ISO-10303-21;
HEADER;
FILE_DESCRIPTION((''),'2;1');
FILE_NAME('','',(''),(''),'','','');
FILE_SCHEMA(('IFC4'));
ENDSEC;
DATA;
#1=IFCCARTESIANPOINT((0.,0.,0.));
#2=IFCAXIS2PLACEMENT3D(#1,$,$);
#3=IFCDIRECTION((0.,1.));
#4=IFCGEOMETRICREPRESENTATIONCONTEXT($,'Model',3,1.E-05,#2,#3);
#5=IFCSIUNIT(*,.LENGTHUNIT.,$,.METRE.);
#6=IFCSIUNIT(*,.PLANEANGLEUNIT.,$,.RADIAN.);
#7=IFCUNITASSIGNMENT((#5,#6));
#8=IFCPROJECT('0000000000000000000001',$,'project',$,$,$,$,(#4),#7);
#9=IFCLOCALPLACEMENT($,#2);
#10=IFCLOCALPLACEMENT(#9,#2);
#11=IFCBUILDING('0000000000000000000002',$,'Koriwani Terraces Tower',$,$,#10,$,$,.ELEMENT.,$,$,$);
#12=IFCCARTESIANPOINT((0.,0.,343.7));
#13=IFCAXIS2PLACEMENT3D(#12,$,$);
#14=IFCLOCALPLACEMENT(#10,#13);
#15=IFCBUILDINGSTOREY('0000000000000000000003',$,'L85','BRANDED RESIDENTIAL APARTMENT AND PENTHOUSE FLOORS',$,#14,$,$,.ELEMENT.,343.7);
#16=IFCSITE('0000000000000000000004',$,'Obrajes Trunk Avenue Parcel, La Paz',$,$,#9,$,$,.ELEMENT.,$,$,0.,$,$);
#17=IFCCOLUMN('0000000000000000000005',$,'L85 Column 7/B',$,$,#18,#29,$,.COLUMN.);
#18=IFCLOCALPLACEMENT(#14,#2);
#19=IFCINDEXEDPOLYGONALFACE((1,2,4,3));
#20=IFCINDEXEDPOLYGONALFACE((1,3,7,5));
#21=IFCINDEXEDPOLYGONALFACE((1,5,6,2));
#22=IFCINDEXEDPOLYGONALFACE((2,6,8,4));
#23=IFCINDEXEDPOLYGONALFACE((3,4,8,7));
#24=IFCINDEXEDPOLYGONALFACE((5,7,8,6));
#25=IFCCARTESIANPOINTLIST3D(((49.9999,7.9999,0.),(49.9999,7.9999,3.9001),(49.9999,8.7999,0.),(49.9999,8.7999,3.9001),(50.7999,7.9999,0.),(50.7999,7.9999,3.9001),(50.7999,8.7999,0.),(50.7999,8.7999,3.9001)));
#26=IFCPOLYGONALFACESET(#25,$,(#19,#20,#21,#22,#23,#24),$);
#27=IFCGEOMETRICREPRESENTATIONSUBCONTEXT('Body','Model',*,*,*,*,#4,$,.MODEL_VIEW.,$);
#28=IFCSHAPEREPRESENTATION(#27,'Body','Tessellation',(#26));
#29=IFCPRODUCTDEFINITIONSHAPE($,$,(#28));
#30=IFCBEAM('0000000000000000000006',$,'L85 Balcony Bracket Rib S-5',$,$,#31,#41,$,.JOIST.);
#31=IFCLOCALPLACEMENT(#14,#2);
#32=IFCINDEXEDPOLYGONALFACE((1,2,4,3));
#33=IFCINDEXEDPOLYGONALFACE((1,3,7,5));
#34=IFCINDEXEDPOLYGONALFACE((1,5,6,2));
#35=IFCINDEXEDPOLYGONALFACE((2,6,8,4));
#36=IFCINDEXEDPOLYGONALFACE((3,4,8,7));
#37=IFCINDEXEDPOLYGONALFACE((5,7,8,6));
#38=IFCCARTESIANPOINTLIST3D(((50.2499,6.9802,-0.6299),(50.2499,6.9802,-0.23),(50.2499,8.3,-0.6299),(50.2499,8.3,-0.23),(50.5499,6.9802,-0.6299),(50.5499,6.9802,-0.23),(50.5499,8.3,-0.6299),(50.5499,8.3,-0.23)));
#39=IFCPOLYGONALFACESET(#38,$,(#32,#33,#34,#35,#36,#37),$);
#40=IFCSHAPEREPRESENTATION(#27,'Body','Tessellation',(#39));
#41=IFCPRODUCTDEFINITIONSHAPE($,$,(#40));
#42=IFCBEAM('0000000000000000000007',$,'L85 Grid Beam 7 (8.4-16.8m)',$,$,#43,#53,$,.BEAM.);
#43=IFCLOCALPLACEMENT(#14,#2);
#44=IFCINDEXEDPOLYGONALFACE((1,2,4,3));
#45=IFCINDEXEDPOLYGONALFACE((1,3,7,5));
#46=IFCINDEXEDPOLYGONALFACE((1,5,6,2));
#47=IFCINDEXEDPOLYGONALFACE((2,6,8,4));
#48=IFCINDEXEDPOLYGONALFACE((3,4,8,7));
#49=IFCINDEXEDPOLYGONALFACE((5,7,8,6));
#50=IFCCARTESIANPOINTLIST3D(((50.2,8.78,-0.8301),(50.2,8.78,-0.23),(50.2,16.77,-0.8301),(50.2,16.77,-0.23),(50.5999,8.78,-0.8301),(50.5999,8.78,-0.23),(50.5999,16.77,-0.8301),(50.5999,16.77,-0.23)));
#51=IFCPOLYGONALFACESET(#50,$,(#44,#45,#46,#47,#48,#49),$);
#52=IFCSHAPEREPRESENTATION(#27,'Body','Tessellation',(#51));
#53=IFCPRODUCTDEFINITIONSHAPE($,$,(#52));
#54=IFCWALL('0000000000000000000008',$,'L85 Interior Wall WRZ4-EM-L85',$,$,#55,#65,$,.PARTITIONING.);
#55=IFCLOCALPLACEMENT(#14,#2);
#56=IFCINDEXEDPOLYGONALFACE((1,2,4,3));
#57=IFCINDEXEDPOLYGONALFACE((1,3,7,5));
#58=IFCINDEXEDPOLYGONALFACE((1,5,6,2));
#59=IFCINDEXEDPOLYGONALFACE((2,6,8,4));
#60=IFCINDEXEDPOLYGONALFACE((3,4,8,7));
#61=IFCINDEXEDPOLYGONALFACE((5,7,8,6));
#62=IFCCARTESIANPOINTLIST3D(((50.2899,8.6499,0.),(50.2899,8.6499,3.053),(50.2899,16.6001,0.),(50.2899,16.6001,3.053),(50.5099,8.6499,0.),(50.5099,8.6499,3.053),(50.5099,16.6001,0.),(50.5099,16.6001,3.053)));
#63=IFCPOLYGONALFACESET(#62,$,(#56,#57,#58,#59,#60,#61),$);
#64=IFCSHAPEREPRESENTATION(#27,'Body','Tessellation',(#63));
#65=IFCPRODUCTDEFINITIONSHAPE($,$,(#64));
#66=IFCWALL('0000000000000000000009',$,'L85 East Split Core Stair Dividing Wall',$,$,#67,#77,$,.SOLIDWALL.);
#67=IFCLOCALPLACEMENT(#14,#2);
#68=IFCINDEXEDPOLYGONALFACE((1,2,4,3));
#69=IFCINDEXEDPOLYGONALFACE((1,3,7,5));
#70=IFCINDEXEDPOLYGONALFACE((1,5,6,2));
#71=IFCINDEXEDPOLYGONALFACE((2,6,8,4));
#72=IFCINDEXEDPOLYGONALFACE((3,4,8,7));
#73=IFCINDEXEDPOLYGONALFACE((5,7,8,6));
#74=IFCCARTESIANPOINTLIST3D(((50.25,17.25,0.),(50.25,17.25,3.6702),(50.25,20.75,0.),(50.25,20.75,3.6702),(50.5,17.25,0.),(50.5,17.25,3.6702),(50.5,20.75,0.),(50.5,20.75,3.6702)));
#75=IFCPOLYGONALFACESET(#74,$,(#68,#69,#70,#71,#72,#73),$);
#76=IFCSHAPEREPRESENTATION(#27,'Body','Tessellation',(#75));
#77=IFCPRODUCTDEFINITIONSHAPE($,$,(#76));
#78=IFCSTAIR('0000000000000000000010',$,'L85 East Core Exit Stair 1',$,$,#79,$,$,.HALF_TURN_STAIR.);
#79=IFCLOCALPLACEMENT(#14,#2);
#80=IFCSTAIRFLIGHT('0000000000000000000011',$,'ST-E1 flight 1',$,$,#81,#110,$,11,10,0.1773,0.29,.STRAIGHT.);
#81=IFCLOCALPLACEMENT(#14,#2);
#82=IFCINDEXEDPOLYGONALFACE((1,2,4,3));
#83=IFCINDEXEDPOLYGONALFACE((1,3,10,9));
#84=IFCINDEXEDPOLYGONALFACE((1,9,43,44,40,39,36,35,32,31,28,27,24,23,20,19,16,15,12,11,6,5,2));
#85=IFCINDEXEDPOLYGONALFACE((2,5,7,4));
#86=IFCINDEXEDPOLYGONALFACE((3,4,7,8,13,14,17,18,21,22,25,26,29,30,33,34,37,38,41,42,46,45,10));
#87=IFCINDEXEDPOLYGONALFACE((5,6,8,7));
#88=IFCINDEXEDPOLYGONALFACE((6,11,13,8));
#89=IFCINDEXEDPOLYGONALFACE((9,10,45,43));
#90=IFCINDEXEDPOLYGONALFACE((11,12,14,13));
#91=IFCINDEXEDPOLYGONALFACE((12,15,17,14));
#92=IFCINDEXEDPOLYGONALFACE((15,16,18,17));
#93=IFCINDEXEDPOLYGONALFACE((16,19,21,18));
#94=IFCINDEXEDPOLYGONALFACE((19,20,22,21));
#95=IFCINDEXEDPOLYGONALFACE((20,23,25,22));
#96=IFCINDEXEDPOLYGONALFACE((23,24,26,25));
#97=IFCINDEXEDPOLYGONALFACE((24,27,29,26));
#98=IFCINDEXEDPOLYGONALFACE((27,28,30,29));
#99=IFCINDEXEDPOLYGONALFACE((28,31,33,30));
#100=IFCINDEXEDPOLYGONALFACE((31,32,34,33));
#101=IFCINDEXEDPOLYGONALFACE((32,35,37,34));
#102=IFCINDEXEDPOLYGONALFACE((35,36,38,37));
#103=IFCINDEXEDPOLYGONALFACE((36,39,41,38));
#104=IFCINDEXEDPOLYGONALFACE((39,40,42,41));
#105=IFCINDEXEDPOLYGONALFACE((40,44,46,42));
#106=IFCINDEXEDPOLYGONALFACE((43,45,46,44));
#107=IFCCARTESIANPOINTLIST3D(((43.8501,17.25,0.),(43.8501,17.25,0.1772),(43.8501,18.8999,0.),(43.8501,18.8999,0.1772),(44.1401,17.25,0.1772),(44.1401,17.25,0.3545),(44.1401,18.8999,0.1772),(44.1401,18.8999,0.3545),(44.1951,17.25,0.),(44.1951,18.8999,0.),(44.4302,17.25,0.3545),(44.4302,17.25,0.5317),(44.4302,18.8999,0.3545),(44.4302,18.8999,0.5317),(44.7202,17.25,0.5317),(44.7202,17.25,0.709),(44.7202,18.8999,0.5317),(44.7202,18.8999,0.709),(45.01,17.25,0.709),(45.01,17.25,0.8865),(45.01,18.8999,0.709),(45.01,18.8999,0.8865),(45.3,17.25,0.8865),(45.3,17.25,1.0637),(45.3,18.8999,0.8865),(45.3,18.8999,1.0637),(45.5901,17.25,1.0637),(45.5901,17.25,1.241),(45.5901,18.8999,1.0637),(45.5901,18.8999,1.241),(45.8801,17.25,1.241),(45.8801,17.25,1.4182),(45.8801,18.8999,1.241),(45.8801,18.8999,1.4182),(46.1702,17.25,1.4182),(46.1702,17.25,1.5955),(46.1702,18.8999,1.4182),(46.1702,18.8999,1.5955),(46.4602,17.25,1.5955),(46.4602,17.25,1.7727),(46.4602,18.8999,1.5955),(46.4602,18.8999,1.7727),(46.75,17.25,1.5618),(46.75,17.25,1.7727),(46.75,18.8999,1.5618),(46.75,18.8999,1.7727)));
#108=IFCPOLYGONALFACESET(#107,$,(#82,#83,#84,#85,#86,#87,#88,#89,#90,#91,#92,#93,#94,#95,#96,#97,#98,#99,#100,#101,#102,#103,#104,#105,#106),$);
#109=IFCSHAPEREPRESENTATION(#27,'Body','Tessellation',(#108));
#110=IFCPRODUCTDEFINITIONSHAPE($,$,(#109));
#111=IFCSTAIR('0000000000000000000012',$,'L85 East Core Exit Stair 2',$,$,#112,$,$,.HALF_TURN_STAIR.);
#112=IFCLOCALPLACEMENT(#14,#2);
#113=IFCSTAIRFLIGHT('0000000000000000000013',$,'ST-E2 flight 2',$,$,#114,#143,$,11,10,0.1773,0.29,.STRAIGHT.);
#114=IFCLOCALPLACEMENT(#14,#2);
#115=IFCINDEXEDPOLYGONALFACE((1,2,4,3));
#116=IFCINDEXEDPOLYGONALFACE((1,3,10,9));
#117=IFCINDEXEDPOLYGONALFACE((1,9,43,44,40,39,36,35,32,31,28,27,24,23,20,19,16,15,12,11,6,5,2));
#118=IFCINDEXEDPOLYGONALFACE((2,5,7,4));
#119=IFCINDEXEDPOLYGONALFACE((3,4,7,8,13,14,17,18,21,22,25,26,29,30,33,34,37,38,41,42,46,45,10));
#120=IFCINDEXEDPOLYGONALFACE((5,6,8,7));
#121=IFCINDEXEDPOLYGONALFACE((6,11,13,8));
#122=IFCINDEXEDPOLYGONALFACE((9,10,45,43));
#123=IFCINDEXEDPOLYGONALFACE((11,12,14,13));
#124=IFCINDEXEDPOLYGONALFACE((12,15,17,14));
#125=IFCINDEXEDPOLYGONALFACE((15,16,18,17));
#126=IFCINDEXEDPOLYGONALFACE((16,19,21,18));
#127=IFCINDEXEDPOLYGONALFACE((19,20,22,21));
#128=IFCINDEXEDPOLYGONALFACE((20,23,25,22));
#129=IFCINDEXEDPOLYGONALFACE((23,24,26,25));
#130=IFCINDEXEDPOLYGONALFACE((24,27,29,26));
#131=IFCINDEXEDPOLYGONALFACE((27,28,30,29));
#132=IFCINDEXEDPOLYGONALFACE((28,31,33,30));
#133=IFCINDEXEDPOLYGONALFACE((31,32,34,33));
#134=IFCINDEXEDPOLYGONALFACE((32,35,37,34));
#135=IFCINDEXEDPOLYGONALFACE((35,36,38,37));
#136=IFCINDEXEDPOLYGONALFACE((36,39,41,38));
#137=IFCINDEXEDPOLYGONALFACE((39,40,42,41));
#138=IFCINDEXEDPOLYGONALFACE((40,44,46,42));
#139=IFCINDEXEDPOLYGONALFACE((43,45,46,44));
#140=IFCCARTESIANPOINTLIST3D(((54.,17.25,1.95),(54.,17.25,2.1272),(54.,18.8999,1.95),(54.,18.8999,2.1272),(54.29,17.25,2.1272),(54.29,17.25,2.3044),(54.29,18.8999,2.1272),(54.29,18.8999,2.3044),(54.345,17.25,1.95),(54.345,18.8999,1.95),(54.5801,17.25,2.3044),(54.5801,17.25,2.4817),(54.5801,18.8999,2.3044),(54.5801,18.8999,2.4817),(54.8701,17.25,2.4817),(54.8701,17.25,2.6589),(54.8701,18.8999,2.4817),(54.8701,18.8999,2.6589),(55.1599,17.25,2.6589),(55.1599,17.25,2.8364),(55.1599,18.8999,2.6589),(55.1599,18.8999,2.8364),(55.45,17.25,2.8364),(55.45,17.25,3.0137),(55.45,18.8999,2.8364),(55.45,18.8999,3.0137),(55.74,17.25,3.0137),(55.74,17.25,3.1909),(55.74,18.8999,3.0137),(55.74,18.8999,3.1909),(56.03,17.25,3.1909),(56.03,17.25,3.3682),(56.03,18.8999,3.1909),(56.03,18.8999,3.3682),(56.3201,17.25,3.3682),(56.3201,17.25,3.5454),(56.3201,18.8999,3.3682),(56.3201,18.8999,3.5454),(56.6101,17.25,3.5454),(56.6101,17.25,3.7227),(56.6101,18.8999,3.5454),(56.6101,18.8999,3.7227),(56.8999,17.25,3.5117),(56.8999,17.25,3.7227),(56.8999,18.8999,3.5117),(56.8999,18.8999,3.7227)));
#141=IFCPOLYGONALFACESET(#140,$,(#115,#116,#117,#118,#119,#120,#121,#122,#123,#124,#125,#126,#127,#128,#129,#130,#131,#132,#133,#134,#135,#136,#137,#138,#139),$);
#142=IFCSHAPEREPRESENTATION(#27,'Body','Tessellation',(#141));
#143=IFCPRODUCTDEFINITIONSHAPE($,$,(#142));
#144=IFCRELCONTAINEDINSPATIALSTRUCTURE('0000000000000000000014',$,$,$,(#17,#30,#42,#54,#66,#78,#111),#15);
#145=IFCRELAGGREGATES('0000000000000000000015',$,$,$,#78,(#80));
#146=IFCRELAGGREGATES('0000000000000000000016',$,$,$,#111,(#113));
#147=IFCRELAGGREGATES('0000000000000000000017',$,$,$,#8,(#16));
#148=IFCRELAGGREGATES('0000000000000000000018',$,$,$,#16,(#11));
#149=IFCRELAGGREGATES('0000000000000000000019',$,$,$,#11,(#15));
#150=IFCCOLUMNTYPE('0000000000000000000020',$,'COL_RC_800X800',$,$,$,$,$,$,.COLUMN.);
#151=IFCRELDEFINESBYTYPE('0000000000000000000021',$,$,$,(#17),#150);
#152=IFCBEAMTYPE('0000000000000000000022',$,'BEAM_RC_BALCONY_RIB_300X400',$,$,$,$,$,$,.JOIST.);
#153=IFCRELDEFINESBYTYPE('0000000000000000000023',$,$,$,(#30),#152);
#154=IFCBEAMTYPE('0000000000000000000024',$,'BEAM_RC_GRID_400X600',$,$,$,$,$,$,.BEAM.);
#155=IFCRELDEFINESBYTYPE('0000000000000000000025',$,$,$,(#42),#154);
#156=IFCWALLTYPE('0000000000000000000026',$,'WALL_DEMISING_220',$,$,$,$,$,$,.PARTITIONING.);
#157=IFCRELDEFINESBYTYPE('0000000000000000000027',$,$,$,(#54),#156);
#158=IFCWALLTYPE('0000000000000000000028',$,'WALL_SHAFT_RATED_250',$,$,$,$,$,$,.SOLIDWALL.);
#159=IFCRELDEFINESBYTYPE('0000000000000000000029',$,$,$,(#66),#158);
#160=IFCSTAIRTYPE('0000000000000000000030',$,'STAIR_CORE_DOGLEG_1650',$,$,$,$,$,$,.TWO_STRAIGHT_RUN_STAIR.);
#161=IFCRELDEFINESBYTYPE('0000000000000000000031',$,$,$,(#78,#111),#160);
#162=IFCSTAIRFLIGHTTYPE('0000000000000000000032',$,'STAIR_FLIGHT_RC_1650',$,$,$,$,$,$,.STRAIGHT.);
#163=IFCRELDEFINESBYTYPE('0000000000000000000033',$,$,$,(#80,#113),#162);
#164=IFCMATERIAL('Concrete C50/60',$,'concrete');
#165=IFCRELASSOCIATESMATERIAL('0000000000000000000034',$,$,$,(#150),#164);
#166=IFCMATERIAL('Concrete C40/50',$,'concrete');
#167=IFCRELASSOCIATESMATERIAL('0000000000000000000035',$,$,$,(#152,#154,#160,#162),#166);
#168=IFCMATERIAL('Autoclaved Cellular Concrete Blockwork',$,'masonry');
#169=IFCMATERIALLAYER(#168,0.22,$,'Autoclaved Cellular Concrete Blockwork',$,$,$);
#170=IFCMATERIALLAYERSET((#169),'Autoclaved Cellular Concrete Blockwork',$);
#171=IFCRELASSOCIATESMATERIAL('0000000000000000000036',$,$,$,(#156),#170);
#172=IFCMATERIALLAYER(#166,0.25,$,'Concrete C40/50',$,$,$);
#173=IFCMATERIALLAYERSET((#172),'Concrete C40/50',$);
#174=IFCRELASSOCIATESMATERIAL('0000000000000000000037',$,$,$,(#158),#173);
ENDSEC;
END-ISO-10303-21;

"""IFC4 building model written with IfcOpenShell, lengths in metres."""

from ifc_helpers import new_model, si_unit, direction, frame, frame_2d, origin, origin_2d, place, context, subcontext, project, spatial, polyline, rectangle, outline, extrude, material, layer, layer_set, material_profile, profile_set, type_object, element, aggregate, save


model = new_model("IFC4")

# Units and contexts
model_context = context("Model", 3, precision=1e-05, world=origin(), true_north=direction((0.0, 1.0)))
body_context = subcontext(model_context, "Body", "Model", "MODEL_VIEW")
ifc_project = project(units=[si_unit("LENGTHUNIT", "METRE"), si_unit("PLANEANGLEUNIT", "RADIAN")], contexts=[model_context])

# Site, building, storey
site_placement = place(None, origin())
site = spatial("IfcSite", under=ifc_project, at=site_placement, Name="Obrajes Trunk Avenue Parcel, La Paz", CompositionType="ELEMENT", RefElevation=0.0)
building_placement = place(site_placement, origin())
building = spatial("IfcBuilding", under=site, at=building_placement, Name="Koriwani Terraces Tower", CompositionType="ELEMENT")
storey_placement = place(building_placement, frame((0.0, 0.0, 343.7)))
storey = spatial("IfcBuildingStorey", under=building, at=storey_placement, Name="L85", Description="BRANDED RESIDENTIAL APARTMENT AND PENTHOUSE FLOORS", CompositionType="ELEMENT", Elevation=343.7)

# Column
ifc_material_1 = material(Name="Concrete C50/60", Category="concrete")
ifc_material_profile_1 = material_profile(ifc_material_1, rectangle(XDim=0.8, YDim=0.8, at=origin_2d()), Name="Concrete C50/60", Category="LoadBearing")
ifc_profile_set_1 = profile_set([ifc_material_profile_1], Name="Concrete C50/60")
column_type = type_object("IfcColumnType", Name="COL_RC_800X800", PredefinedType="COLUMN", material=ifc_profile_set_1)
column_placement = place(storey_placement, frame((50.3999, 8.3999, 0.0), z_axis=(0.0, 0.0, 1.0), x_axis=(1.0, 0.0, 0.0)))
element("IfcColumn", 1, at=column_placement, inside=storey, type_object=column_type, Name="L85 Column 7/B", PredefinedType="COLUMN", context=body_context, shape_type="SweptSolid", body=[
    extrude(rectangle(XDim=0.8, YDim=0.8, at=origin_2d()), origin(), (0.0, 0.0, 1.0), 3.9001),
])

# Beams
ifc_material_2 = material(Name="Concrete C40/50", Category="concrete")
ifc_material_profile_2 = material_profile(ifc_material_2, rectangle(XDim=0.3, YDim=0.3999, at=origin_2d()), Name="Concrete C40/50", Category="LoadBearing")
ifc_profile_set_2 = profile_set([ifc_material_profile_2], Name="Concrete C40/50")
beam_type_1 = type_object("IfcBeamType", Name="BEAM_RC_BALCONY_RIB_300X400", PredefinedType="JOIST", material=ifc_profile_set_2)
beam_1_placement = place(storey_placement, frame((50.3999, 6.9802, -0.4299), z_axis=(0.0, 1.0, 0.0), x_axis=(-1.0, 0.0, 0.0)))
element("IfcBeam", 2, at=beam_1_placement, inside=storey, type_object=beam_type_1, Name="L85 Balcony Bracket Rib S-5", PredefinedType="JOIST", context=body_context, shape_type="SweptSolid", body=[
    extrude(rectangle(XDim=0.3, YDim=0.3999, at=origin_2d()), origin(), (0.0, 0.0, 1.0), 1.3198),
])
ifc_material_profile_3 = material_profile(ifc_material_2, rectangle(XDim=0.3999, YDim=0.6001, at=origin_2d()), Name="Concrete C40/50", Category="LoadBearing")
ifc_profile_set_3 = profile_set([ifc_material_profile_3], Name="Concrete C40/50")
beam_type_2 = type_object("IfcBeamType", Name="BEAM_RC_GRID_400X600", PredefinedType="BEAM", material=ifc_profile_set_3)
beam_2_placement = place(storey_placement, frame((50.3999, 8.78, -0.53), z_axis=(0.0, 1.0, 0.0), x_axis=(-1.0, 0.0, 0.0)))
element("IfcBeam", 3, at=beam_2_placement, inside=storey, type_object=beam_type_2, Name="L85 Grid Beam 7 (8.4-16.8m)", PredefinedType="BEAM", context=body_context, shape_type="SweptSolid", body=[
    extrude(rectangle(XDim=0.3999, YDim=0.6001, at=origin_2d()), origin(), (0.0, 0.0, 1.0), 7.99),
])

# Walls
ifc_material_3 = material(Name="Autoclaved Cellular Concrete Blockwork", Category="masonry")
ifc_layer_1 = layer(ifc_material_3, 0.22, Name="Autoclaved Cellular Concrete Blockwork")
ifc_layer_set_1 = layer_set([ifc_layer_1], Name="Autoclaved Cellular Concrete Blockwork")
wall_type_1 = type_object("IfcWallType", Name="WALL_DEMISING_220", PredefinedType="PARTITIONING", material=ifc_layer_set_1)
wall_1_placement = place(storey_placement, frame((50.3999, 8.6499, 0.0), z_axis=(0.0, 0.0, 1.0), x_axis=(0.0, 1.0, 0.0)))
element("IfcWall", 4, at=wall_1_placement, inside=storey, type_object=wall_type_1, Name="L85 Interior Wall WRZ4-EM-L85", PredefinedType="PARTITIONING", context=body_context, shape_type="SweptSolid", body=[
    extrude(rectangle(XDim=7.9502, YDim=0.22, at=frame_2d((3.9751, 0.0))), origin(), (0.0, 0.0, 1.0), 3.053),
])
ifc_layer_2 = layer(ifc_material_2, 0.25, Name="Concrete C40/50")
ifc_layer_set_2 = layer_set([ifc_layer_2], Name="Concrete C40/50")
wall_type_2 = type_object("IfcWallType", Name="WALL_SHAFT_RATED_250", PredefinedType="SOLIDWALL", material=ifc_layer_set_2)
wall_2_placement = place(storey_placement, frame((50.375, 17.25, 0.0), z_axis=(0.0, 0.0, 1.0), x_axis=(0.0, 1.0, 0.0)))
element("IfcWall", 5, at=wall_2_placement, inside=storey, type_object=wall_type_2, Name="L85 East Split Core Stair Dividing Wall", PredefinedType="SOLIDWALL", context=body_context, shape_type="SweptSolid", body=[
    extrude(rectangle(XDim=3.5, YDim=0.25, at=frame_2d((1.75, 0.0))), origin(), (0.0, 0.0, 1.0), 3.6702),
])

# Stairs, stair flights
stair_type = type_object("IfcStairType", Name="STAIR_CORE_DOGLEG_1650", PredefinedType="TWO_STRAIGHT_RUN_STAIR", material=ifc_material_2)
stair_1_placement = place(storey_placement, origin())
stair_1 = element("IfcStair", 6, at=stair_1_placement, inside=storey, type_object=stair_type, Name="L85 East Core Exit Stair 1", PredefinedType="HALF_TURN_STAIR")
stair_flight_type = type_object("IfcStairFlightType", Name="STAIR_FLIGHT_RC_1650", PredefinedType="STRAIGHT", material=ifc_material_2)
stair_flight_1_placement = place(storey_placement, frame((43.8501, 18.075, 0.0), z_axis=(0.0, 0.0, 1.0), x_axis=(1.0, 0.0, 0.0)))
stair_flight_1 = element("IfcStairFlight", 7, at=stair_flight_1_placement, type_object=stair_flight_type, Name="ST-E1 flight 1", NumberOfRisers=11, NumberOfTreads=10, PredefinedType="STRAIGHT", RiserHeight=0.1773, TreadLength=0.29, context=body_context, shape_type="SweptSolid", body=[
    extrude(outline(polyline([(0.0, 0.0), (0.0, 0.1772), (0.29, 0.1772), (0.29, 0.3545), (0.5801, 0.3545), (0.5801, 0.5317), (0.8701, 0.5317), (0.8701, 0.709), (1.1599, 0.709), (1.1599, 0.8865), (1.45, 0.8865), (1.45, 1.0637), (1.74, 1.0637), (1.74, 1.241), (2.03, 1.241), (2.03, 1.4182), (2.3201, 1.4182), (2.3201, 1.5955), (2.6101, 1.5955), (2.6101, 1.7727), (2.8999, 1.7727), (2.8999, 1.95), (2.8999, 1.5618), (0.345, 0.0), (0.0, 0.0)])), frame((0.0, 0.825, 0.0), z_axis=(0.0, -1.0, 0.0), x_axis=(1.0, 0.0, 0.0)), (0.0, 0.0, 1.0), 1.6499),
])
aggregate(stair_1, [stair_flight_1])
stair_2_placement = place(storey_placement, origin())
stair_2 = element("IfcStair", 8, at=stair_2_placement, inside=storey, type_object=stair_type, Name="L85 East Core Exit Stair 2", PredefinedType="HALF_TURN_STAIR")
stair_flight_2_placement = place(storey_placement, frame((54.0, 18.075, 1.95), z_axis=(0.0, 0.0, 1.0), x_axis=(1.0, 0.0, 0.0)))
stair_flight_2 = element("IfcStairFlight", 9, at=stair_flight_2_placement, type_object=stair_flight_type, Name="ST-E2 flight 2", NumberOfRisers=11, NumberOfTreads=10, PredefinedType="STRAIGHT", RiserHeight=0.1773, TreadLength=0.29, context=body_context, shape_type="SweptSolid", body=[
    extrude(outline(polyline([(0.0, 0.0), (0.0, 0.1772), (0.29, 0.1772), (0.29, 0.3545), (0.5801, 0.3545), (0.5801, 0.5317), (0.8701, 0.5317), (0.8701, 0.709), (1.1599, 0.709), (1.1599, 0.8865), (1.45, 0.8865), (1.45, 1.0637), (1.74, 1.0637), (1.74, 1.241), (2.03, 1.241), (2.03, 1.4182), (2.3201, 1.4182), (2.3201, 1.5955), (2.6101, 1.5955), (2.6101, 1.7727), (2.8999, 1.7727), (2.8999, 1.95), (2.8999, 1.5618), (0.345, 0.0), (0.0, 0.0)])), frame((0.0, 0.825, 0.0), z_axis=(0.0, -1.0, 0.0), x_axis=(1.0, 0.0, 0.0)), (0.0, 0.0, 1.0), 1.6499),
])
aggregate(stair_2, [stair_flight_2])

save(model, "model.ifc")
